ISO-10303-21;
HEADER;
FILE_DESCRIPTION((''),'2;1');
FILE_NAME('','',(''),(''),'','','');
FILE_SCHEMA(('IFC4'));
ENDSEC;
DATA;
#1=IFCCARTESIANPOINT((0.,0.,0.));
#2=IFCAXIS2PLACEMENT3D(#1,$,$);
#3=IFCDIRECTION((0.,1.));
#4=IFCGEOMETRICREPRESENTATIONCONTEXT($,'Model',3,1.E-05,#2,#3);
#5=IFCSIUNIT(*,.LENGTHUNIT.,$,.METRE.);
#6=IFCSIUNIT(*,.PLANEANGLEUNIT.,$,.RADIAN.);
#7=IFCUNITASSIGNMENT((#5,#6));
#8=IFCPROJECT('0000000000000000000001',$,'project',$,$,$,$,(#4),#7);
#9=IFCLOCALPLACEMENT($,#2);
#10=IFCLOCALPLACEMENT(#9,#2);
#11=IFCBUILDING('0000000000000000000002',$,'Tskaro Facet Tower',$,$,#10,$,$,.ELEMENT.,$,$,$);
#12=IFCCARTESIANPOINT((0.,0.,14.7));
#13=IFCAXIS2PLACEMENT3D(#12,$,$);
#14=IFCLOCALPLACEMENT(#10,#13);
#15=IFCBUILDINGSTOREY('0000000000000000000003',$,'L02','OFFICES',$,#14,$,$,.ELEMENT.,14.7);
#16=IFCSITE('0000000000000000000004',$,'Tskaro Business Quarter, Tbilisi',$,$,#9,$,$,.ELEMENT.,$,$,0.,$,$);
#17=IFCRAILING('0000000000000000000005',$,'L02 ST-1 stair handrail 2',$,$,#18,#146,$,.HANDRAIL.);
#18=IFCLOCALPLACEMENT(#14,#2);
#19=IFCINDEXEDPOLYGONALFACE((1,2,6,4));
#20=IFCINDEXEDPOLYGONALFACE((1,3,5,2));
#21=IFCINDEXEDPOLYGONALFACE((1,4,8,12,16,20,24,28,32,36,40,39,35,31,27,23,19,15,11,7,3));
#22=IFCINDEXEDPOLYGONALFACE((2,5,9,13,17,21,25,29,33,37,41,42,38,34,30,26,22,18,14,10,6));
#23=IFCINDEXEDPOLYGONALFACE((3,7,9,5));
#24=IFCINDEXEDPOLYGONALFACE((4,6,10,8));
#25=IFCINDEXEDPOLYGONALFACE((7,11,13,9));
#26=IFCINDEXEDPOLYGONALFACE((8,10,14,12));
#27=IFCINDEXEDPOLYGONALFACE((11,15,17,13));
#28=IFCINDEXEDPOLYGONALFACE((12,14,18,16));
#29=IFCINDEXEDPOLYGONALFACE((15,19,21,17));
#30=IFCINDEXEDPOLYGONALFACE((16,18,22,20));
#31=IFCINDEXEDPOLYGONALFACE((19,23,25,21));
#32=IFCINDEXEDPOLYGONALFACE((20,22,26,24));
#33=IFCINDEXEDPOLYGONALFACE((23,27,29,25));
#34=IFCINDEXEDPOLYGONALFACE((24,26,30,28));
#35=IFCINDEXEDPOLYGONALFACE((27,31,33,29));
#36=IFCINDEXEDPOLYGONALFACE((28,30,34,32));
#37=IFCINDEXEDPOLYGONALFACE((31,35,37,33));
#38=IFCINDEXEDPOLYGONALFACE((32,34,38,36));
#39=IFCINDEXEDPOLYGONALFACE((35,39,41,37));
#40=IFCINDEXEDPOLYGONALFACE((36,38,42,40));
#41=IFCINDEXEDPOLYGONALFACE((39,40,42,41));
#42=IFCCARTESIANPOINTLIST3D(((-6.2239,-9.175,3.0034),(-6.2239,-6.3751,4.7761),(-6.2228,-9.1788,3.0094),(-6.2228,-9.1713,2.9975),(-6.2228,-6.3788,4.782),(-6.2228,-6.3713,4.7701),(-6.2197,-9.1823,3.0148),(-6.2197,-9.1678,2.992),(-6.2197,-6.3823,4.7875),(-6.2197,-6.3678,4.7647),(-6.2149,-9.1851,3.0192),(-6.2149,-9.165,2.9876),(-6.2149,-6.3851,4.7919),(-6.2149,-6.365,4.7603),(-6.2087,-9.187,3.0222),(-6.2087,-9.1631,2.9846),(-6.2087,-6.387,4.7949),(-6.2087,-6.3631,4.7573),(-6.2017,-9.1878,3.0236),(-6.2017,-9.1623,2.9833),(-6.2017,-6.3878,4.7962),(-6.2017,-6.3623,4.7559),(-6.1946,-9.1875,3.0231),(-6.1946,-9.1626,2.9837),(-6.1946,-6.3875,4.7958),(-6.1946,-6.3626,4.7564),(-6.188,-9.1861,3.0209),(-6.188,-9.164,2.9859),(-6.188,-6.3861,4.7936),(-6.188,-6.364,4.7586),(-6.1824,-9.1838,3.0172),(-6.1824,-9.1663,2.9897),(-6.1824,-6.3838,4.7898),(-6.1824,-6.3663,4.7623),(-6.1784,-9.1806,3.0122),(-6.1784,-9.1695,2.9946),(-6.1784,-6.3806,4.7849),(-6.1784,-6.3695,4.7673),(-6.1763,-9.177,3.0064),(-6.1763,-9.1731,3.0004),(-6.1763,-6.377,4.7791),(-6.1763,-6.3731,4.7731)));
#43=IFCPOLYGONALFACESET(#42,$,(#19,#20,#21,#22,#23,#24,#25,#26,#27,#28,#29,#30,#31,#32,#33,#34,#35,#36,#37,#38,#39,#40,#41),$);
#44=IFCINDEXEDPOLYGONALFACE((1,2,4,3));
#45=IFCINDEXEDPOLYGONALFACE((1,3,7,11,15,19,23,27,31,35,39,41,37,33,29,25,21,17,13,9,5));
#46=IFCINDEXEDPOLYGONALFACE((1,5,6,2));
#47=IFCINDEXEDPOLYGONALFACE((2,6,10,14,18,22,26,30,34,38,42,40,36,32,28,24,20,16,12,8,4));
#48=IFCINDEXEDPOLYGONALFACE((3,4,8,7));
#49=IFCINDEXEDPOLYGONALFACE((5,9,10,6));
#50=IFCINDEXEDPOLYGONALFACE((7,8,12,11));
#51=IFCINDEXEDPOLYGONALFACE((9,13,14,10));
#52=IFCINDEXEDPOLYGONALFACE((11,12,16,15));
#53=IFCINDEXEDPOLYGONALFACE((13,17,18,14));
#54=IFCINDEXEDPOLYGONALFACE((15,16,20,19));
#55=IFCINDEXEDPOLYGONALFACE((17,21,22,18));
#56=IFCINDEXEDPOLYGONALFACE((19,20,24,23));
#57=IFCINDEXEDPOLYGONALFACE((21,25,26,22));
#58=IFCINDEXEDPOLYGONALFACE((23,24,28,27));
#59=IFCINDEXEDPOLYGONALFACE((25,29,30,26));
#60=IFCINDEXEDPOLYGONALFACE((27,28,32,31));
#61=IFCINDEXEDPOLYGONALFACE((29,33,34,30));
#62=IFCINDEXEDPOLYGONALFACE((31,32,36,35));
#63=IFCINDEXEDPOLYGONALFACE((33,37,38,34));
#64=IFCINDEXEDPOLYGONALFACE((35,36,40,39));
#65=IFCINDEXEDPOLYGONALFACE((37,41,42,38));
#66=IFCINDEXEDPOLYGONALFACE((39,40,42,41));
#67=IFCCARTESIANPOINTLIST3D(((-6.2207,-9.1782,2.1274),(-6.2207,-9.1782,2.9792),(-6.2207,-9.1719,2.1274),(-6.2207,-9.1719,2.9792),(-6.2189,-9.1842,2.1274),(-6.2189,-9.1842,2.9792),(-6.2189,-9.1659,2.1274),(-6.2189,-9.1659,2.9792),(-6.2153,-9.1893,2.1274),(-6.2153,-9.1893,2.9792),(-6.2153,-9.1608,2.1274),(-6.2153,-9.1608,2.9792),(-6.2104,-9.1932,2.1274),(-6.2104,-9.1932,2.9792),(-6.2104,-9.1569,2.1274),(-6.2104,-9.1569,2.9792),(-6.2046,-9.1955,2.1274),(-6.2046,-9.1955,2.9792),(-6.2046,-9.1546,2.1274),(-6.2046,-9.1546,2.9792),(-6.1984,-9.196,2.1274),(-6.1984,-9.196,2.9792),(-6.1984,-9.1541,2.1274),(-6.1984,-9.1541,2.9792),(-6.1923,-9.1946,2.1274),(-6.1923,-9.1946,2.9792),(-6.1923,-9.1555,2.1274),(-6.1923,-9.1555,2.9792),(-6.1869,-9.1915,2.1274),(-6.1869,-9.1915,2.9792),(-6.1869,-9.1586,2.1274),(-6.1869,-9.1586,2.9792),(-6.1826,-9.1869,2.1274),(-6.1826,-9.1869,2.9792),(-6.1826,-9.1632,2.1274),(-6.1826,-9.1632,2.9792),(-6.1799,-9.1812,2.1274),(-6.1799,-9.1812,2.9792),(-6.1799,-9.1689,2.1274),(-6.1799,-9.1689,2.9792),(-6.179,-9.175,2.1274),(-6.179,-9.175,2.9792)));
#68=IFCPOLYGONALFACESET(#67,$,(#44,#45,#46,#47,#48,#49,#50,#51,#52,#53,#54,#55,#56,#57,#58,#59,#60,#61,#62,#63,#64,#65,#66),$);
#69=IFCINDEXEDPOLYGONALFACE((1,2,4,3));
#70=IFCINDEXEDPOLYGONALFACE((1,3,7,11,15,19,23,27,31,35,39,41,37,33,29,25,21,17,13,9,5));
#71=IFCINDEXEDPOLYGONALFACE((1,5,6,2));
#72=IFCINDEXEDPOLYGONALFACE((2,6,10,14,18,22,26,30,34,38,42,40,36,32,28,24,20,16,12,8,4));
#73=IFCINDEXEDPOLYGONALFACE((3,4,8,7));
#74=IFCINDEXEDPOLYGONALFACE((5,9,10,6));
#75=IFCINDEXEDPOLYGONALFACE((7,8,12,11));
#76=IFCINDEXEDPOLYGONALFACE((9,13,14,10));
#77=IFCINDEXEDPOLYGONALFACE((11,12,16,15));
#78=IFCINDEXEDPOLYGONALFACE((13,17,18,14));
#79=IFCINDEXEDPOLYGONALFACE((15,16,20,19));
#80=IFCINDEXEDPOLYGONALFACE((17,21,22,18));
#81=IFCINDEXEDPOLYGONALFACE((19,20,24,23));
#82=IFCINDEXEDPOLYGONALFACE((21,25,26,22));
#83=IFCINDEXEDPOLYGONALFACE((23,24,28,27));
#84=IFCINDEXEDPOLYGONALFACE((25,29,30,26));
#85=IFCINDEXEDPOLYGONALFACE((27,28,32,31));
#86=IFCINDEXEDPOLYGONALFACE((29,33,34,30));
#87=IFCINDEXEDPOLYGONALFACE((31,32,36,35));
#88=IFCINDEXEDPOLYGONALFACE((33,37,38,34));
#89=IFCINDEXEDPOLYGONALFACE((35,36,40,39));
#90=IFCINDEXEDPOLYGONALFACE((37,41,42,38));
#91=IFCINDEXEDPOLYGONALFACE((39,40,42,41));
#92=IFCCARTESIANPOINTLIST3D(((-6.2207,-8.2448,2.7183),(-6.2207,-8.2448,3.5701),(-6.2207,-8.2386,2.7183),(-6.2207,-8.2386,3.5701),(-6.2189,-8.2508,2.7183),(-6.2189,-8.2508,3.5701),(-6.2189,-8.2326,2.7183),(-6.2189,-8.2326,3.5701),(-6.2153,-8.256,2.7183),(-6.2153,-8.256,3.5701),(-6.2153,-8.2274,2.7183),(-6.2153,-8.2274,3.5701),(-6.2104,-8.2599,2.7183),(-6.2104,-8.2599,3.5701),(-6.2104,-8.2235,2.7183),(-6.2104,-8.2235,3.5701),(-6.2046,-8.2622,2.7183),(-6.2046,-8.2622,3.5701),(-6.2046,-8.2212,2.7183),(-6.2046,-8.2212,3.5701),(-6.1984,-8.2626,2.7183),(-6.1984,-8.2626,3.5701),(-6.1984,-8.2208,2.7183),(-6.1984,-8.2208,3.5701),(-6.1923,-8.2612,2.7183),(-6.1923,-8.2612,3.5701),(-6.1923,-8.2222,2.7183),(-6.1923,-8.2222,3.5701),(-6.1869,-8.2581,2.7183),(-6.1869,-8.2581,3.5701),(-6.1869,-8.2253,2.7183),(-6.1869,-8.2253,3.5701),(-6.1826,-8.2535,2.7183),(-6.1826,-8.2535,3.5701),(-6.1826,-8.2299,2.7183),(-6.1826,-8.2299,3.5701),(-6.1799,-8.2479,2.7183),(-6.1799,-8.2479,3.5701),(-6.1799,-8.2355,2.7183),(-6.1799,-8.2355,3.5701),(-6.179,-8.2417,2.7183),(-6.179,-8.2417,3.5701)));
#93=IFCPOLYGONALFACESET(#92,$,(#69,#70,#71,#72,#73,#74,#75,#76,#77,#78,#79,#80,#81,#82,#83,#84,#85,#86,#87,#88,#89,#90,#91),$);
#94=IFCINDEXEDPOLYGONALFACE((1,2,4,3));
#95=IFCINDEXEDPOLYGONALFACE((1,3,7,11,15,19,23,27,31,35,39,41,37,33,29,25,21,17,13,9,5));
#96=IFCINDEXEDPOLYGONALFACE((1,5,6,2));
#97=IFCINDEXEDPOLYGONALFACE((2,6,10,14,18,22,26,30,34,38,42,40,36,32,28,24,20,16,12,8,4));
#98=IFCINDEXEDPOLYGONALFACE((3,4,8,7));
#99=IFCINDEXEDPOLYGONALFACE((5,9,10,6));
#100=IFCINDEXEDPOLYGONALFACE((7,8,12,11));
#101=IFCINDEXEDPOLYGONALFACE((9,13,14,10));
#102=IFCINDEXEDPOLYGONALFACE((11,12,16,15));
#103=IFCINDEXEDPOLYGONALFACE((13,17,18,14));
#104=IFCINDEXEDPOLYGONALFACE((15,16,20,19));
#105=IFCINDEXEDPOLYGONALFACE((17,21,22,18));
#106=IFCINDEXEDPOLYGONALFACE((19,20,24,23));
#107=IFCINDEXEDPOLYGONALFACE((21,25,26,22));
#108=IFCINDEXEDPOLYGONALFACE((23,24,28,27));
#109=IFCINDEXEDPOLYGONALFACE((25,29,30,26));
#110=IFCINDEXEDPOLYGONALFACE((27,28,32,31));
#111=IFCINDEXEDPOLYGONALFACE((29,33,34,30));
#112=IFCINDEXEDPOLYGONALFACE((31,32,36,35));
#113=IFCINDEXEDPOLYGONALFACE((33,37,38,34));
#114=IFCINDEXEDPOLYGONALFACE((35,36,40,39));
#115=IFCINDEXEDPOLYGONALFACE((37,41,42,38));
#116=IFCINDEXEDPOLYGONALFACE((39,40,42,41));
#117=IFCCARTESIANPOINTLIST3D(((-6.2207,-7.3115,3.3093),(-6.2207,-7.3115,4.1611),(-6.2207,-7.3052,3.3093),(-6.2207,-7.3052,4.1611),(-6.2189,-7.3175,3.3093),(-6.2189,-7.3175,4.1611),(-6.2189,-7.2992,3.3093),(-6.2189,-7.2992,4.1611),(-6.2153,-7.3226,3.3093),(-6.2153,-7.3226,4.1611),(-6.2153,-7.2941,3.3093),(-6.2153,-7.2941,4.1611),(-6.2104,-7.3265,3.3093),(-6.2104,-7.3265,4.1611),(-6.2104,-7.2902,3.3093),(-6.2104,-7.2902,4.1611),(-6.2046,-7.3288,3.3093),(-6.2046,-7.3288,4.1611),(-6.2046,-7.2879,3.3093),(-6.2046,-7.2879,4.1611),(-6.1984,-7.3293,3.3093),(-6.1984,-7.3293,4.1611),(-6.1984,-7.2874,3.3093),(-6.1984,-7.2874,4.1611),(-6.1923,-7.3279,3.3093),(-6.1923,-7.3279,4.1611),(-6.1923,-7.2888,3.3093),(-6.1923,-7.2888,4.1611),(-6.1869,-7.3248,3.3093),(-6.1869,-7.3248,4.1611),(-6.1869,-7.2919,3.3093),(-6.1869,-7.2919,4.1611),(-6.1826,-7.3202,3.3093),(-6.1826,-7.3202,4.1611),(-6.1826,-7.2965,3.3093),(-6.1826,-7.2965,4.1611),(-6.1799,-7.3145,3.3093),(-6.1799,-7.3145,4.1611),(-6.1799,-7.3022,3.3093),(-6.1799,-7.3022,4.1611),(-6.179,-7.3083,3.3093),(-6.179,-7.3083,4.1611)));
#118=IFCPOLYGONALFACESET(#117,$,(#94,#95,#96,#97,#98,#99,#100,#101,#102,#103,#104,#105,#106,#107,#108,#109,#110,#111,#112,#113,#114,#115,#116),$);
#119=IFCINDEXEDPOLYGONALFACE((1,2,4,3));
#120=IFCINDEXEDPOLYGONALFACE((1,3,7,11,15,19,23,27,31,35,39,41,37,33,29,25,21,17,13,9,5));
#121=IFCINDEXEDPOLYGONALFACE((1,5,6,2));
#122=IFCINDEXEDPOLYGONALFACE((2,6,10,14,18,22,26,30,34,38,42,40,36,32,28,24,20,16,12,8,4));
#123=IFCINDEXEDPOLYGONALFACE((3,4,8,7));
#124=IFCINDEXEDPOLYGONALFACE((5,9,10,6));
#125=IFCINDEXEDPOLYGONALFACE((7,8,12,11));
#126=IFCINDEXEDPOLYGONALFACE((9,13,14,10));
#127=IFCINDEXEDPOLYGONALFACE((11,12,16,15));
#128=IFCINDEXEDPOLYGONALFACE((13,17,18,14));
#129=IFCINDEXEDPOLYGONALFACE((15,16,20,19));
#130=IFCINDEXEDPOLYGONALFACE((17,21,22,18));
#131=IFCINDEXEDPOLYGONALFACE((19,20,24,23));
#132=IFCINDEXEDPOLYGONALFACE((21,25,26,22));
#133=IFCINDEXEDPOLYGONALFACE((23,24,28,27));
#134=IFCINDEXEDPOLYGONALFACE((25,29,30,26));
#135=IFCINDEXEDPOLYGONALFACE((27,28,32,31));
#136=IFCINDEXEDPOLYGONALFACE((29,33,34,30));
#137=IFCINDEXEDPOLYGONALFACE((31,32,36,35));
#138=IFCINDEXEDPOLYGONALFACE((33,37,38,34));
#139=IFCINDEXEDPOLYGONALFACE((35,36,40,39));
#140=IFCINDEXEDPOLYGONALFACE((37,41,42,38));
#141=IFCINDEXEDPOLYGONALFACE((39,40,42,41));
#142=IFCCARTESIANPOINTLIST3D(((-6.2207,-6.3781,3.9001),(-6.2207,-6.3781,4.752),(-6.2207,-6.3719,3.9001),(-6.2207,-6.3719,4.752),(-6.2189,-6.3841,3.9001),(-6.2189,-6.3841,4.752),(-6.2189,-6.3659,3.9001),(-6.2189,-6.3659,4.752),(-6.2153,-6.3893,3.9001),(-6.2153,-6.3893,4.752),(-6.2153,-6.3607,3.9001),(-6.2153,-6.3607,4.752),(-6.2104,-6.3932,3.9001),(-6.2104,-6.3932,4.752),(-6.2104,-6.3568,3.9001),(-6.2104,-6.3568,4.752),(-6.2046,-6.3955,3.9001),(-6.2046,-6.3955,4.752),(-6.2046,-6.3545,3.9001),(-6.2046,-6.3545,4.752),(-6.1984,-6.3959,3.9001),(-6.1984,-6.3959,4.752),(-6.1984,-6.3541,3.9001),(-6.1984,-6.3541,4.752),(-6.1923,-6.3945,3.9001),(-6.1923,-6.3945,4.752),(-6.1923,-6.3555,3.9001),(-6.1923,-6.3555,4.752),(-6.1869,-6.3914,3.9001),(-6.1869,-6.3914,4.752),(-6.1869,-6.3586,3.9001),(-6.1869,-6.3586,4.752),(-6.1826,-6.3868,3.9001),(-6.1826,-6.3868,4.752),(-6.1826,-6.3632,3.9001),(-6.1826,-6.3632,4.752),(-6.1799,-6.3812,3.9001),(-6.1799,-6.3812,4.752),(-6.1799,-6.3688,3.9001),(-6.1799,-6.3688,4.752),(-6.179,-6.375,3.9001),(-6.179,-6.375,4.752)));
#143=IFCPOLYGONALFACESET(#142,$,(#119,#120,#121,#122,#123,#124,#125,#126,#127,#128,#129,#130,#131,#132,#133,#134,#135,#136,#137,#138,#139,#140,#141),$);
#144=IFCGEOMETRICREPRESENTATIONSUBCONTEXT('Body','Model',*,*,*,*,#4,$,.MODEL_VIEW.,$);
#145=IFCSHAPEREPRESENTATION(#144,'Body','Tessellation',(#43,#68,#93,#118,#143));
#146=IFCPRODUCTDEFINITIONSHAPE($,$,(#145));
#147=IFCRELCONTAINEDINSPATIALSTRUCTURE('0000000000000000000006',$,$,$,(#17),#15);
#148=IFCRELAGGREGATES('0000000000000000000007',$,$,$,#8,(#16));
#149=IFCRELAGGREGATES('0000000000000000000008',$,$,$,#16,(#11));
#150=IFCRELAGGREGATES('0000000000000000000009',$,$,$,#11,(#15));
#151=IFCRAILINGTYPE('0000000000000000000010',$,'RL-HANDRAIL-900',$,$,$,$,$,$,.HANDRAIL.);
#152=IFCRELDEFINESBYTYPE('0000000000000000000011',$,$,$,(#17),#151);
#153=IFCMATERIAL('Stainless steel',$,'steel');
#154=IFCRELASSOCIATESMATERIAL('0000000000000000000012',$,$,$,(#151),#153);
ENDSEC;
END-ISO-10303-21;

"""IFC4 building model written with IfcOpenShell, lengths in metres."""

from ifc_helpers import new_model, si_unit, direction, frame, origin, origin_2d, place, context, subcontext, project, spatial, circle, extrude, material, type_object, element, save


model = new_model("IFC4")

# Units and contexts
model_context = context("Model", 3, precision=1e-05, world=origin(), true_north=direction((0.0, 1.0)))
body_context = subcontext(model_context, "Body", "Model", "MODEL_VIEW")
ifc_project = project(units=[si_unit("LENGTHUNIT", "METRE"), si_unit("PLANEANGLEUNIT", "RADIAN")], contexts=[model_context])

# Site, building, storey
site_placement = place(None, origin())
site = spatial("IfcSite", under=ifc_project, at=site_placement, Name="Tskaro Business Quarter, Tbilisi", CompositionType="ELEMENT", RefElevation=0.0)
building_placement = place(site_placement, origin())
building = spatial("IfcBuilding", under=site, at=building_placement, Name="Tskaro Facet Tower", CompositionType="ELEMENT")
storey_placement = place(building_placement, frame((0.0, 0.0, 14.7)))
storey = spatial("IfcBuildingStorey", under=building, at=storey_placement, Name="L02", Description="OFFICES", CompositionType="ELEMENT", Elevation=14.7)

# Shared definitions
ifc_material_1 = material(Name="Stainless steel", Category="steel")

# Railing
railing_type_1 = type_object("IfcRailingType", Name="RL-HANDRAIL-900", PredefinedType="HANDRAIL", material=ifc_material_1)
railing_1_placement = place(storey_placement, frame((-6.2, -9.175, 2.1274)))
element("IfcRailing", 1, at=railing_1_placement, inside=storey, type_object=railing_type_1, Name="L02 ST-1 stair handrail 2", PredefinedType="HANDRAIL", context=body_context, shape_type="SweptSolid", body=[
    extrude(circle(Radius=0.0239, at=origin_2d()), frame((0.0, 0.0, 0.876), z_axis=(0.0, 0.844909, 0.53491), x_axis=(-1.0, 0.0, 0.0)), (0.0, 0.0, 1.0), 3.314),
    extrude(circle(Radius=0.021, at=origin_2d()), origin(), (0.0, 0.0, 1.0), 0.8518),
    extrude(circle(Radius=0.021, at=origin_2d()), frame((0.0, 0.9333, 0.5908)), (0.0, 0.0, 1.0), 0.8518),
    extrude(circle(Radius=0.021, at=origin_2d()), frame((0.0, 1.8667, 1.1819)), (0.0, 0.0, 1.0), 0.8518),
    extrude(circle(Radius=0.021, at=origin_2d()), frame((0.0, 2.8, 1.7727)), (0.0, 0.0, 1.0), 0.8518),
])

save(model, "model.ifc")
